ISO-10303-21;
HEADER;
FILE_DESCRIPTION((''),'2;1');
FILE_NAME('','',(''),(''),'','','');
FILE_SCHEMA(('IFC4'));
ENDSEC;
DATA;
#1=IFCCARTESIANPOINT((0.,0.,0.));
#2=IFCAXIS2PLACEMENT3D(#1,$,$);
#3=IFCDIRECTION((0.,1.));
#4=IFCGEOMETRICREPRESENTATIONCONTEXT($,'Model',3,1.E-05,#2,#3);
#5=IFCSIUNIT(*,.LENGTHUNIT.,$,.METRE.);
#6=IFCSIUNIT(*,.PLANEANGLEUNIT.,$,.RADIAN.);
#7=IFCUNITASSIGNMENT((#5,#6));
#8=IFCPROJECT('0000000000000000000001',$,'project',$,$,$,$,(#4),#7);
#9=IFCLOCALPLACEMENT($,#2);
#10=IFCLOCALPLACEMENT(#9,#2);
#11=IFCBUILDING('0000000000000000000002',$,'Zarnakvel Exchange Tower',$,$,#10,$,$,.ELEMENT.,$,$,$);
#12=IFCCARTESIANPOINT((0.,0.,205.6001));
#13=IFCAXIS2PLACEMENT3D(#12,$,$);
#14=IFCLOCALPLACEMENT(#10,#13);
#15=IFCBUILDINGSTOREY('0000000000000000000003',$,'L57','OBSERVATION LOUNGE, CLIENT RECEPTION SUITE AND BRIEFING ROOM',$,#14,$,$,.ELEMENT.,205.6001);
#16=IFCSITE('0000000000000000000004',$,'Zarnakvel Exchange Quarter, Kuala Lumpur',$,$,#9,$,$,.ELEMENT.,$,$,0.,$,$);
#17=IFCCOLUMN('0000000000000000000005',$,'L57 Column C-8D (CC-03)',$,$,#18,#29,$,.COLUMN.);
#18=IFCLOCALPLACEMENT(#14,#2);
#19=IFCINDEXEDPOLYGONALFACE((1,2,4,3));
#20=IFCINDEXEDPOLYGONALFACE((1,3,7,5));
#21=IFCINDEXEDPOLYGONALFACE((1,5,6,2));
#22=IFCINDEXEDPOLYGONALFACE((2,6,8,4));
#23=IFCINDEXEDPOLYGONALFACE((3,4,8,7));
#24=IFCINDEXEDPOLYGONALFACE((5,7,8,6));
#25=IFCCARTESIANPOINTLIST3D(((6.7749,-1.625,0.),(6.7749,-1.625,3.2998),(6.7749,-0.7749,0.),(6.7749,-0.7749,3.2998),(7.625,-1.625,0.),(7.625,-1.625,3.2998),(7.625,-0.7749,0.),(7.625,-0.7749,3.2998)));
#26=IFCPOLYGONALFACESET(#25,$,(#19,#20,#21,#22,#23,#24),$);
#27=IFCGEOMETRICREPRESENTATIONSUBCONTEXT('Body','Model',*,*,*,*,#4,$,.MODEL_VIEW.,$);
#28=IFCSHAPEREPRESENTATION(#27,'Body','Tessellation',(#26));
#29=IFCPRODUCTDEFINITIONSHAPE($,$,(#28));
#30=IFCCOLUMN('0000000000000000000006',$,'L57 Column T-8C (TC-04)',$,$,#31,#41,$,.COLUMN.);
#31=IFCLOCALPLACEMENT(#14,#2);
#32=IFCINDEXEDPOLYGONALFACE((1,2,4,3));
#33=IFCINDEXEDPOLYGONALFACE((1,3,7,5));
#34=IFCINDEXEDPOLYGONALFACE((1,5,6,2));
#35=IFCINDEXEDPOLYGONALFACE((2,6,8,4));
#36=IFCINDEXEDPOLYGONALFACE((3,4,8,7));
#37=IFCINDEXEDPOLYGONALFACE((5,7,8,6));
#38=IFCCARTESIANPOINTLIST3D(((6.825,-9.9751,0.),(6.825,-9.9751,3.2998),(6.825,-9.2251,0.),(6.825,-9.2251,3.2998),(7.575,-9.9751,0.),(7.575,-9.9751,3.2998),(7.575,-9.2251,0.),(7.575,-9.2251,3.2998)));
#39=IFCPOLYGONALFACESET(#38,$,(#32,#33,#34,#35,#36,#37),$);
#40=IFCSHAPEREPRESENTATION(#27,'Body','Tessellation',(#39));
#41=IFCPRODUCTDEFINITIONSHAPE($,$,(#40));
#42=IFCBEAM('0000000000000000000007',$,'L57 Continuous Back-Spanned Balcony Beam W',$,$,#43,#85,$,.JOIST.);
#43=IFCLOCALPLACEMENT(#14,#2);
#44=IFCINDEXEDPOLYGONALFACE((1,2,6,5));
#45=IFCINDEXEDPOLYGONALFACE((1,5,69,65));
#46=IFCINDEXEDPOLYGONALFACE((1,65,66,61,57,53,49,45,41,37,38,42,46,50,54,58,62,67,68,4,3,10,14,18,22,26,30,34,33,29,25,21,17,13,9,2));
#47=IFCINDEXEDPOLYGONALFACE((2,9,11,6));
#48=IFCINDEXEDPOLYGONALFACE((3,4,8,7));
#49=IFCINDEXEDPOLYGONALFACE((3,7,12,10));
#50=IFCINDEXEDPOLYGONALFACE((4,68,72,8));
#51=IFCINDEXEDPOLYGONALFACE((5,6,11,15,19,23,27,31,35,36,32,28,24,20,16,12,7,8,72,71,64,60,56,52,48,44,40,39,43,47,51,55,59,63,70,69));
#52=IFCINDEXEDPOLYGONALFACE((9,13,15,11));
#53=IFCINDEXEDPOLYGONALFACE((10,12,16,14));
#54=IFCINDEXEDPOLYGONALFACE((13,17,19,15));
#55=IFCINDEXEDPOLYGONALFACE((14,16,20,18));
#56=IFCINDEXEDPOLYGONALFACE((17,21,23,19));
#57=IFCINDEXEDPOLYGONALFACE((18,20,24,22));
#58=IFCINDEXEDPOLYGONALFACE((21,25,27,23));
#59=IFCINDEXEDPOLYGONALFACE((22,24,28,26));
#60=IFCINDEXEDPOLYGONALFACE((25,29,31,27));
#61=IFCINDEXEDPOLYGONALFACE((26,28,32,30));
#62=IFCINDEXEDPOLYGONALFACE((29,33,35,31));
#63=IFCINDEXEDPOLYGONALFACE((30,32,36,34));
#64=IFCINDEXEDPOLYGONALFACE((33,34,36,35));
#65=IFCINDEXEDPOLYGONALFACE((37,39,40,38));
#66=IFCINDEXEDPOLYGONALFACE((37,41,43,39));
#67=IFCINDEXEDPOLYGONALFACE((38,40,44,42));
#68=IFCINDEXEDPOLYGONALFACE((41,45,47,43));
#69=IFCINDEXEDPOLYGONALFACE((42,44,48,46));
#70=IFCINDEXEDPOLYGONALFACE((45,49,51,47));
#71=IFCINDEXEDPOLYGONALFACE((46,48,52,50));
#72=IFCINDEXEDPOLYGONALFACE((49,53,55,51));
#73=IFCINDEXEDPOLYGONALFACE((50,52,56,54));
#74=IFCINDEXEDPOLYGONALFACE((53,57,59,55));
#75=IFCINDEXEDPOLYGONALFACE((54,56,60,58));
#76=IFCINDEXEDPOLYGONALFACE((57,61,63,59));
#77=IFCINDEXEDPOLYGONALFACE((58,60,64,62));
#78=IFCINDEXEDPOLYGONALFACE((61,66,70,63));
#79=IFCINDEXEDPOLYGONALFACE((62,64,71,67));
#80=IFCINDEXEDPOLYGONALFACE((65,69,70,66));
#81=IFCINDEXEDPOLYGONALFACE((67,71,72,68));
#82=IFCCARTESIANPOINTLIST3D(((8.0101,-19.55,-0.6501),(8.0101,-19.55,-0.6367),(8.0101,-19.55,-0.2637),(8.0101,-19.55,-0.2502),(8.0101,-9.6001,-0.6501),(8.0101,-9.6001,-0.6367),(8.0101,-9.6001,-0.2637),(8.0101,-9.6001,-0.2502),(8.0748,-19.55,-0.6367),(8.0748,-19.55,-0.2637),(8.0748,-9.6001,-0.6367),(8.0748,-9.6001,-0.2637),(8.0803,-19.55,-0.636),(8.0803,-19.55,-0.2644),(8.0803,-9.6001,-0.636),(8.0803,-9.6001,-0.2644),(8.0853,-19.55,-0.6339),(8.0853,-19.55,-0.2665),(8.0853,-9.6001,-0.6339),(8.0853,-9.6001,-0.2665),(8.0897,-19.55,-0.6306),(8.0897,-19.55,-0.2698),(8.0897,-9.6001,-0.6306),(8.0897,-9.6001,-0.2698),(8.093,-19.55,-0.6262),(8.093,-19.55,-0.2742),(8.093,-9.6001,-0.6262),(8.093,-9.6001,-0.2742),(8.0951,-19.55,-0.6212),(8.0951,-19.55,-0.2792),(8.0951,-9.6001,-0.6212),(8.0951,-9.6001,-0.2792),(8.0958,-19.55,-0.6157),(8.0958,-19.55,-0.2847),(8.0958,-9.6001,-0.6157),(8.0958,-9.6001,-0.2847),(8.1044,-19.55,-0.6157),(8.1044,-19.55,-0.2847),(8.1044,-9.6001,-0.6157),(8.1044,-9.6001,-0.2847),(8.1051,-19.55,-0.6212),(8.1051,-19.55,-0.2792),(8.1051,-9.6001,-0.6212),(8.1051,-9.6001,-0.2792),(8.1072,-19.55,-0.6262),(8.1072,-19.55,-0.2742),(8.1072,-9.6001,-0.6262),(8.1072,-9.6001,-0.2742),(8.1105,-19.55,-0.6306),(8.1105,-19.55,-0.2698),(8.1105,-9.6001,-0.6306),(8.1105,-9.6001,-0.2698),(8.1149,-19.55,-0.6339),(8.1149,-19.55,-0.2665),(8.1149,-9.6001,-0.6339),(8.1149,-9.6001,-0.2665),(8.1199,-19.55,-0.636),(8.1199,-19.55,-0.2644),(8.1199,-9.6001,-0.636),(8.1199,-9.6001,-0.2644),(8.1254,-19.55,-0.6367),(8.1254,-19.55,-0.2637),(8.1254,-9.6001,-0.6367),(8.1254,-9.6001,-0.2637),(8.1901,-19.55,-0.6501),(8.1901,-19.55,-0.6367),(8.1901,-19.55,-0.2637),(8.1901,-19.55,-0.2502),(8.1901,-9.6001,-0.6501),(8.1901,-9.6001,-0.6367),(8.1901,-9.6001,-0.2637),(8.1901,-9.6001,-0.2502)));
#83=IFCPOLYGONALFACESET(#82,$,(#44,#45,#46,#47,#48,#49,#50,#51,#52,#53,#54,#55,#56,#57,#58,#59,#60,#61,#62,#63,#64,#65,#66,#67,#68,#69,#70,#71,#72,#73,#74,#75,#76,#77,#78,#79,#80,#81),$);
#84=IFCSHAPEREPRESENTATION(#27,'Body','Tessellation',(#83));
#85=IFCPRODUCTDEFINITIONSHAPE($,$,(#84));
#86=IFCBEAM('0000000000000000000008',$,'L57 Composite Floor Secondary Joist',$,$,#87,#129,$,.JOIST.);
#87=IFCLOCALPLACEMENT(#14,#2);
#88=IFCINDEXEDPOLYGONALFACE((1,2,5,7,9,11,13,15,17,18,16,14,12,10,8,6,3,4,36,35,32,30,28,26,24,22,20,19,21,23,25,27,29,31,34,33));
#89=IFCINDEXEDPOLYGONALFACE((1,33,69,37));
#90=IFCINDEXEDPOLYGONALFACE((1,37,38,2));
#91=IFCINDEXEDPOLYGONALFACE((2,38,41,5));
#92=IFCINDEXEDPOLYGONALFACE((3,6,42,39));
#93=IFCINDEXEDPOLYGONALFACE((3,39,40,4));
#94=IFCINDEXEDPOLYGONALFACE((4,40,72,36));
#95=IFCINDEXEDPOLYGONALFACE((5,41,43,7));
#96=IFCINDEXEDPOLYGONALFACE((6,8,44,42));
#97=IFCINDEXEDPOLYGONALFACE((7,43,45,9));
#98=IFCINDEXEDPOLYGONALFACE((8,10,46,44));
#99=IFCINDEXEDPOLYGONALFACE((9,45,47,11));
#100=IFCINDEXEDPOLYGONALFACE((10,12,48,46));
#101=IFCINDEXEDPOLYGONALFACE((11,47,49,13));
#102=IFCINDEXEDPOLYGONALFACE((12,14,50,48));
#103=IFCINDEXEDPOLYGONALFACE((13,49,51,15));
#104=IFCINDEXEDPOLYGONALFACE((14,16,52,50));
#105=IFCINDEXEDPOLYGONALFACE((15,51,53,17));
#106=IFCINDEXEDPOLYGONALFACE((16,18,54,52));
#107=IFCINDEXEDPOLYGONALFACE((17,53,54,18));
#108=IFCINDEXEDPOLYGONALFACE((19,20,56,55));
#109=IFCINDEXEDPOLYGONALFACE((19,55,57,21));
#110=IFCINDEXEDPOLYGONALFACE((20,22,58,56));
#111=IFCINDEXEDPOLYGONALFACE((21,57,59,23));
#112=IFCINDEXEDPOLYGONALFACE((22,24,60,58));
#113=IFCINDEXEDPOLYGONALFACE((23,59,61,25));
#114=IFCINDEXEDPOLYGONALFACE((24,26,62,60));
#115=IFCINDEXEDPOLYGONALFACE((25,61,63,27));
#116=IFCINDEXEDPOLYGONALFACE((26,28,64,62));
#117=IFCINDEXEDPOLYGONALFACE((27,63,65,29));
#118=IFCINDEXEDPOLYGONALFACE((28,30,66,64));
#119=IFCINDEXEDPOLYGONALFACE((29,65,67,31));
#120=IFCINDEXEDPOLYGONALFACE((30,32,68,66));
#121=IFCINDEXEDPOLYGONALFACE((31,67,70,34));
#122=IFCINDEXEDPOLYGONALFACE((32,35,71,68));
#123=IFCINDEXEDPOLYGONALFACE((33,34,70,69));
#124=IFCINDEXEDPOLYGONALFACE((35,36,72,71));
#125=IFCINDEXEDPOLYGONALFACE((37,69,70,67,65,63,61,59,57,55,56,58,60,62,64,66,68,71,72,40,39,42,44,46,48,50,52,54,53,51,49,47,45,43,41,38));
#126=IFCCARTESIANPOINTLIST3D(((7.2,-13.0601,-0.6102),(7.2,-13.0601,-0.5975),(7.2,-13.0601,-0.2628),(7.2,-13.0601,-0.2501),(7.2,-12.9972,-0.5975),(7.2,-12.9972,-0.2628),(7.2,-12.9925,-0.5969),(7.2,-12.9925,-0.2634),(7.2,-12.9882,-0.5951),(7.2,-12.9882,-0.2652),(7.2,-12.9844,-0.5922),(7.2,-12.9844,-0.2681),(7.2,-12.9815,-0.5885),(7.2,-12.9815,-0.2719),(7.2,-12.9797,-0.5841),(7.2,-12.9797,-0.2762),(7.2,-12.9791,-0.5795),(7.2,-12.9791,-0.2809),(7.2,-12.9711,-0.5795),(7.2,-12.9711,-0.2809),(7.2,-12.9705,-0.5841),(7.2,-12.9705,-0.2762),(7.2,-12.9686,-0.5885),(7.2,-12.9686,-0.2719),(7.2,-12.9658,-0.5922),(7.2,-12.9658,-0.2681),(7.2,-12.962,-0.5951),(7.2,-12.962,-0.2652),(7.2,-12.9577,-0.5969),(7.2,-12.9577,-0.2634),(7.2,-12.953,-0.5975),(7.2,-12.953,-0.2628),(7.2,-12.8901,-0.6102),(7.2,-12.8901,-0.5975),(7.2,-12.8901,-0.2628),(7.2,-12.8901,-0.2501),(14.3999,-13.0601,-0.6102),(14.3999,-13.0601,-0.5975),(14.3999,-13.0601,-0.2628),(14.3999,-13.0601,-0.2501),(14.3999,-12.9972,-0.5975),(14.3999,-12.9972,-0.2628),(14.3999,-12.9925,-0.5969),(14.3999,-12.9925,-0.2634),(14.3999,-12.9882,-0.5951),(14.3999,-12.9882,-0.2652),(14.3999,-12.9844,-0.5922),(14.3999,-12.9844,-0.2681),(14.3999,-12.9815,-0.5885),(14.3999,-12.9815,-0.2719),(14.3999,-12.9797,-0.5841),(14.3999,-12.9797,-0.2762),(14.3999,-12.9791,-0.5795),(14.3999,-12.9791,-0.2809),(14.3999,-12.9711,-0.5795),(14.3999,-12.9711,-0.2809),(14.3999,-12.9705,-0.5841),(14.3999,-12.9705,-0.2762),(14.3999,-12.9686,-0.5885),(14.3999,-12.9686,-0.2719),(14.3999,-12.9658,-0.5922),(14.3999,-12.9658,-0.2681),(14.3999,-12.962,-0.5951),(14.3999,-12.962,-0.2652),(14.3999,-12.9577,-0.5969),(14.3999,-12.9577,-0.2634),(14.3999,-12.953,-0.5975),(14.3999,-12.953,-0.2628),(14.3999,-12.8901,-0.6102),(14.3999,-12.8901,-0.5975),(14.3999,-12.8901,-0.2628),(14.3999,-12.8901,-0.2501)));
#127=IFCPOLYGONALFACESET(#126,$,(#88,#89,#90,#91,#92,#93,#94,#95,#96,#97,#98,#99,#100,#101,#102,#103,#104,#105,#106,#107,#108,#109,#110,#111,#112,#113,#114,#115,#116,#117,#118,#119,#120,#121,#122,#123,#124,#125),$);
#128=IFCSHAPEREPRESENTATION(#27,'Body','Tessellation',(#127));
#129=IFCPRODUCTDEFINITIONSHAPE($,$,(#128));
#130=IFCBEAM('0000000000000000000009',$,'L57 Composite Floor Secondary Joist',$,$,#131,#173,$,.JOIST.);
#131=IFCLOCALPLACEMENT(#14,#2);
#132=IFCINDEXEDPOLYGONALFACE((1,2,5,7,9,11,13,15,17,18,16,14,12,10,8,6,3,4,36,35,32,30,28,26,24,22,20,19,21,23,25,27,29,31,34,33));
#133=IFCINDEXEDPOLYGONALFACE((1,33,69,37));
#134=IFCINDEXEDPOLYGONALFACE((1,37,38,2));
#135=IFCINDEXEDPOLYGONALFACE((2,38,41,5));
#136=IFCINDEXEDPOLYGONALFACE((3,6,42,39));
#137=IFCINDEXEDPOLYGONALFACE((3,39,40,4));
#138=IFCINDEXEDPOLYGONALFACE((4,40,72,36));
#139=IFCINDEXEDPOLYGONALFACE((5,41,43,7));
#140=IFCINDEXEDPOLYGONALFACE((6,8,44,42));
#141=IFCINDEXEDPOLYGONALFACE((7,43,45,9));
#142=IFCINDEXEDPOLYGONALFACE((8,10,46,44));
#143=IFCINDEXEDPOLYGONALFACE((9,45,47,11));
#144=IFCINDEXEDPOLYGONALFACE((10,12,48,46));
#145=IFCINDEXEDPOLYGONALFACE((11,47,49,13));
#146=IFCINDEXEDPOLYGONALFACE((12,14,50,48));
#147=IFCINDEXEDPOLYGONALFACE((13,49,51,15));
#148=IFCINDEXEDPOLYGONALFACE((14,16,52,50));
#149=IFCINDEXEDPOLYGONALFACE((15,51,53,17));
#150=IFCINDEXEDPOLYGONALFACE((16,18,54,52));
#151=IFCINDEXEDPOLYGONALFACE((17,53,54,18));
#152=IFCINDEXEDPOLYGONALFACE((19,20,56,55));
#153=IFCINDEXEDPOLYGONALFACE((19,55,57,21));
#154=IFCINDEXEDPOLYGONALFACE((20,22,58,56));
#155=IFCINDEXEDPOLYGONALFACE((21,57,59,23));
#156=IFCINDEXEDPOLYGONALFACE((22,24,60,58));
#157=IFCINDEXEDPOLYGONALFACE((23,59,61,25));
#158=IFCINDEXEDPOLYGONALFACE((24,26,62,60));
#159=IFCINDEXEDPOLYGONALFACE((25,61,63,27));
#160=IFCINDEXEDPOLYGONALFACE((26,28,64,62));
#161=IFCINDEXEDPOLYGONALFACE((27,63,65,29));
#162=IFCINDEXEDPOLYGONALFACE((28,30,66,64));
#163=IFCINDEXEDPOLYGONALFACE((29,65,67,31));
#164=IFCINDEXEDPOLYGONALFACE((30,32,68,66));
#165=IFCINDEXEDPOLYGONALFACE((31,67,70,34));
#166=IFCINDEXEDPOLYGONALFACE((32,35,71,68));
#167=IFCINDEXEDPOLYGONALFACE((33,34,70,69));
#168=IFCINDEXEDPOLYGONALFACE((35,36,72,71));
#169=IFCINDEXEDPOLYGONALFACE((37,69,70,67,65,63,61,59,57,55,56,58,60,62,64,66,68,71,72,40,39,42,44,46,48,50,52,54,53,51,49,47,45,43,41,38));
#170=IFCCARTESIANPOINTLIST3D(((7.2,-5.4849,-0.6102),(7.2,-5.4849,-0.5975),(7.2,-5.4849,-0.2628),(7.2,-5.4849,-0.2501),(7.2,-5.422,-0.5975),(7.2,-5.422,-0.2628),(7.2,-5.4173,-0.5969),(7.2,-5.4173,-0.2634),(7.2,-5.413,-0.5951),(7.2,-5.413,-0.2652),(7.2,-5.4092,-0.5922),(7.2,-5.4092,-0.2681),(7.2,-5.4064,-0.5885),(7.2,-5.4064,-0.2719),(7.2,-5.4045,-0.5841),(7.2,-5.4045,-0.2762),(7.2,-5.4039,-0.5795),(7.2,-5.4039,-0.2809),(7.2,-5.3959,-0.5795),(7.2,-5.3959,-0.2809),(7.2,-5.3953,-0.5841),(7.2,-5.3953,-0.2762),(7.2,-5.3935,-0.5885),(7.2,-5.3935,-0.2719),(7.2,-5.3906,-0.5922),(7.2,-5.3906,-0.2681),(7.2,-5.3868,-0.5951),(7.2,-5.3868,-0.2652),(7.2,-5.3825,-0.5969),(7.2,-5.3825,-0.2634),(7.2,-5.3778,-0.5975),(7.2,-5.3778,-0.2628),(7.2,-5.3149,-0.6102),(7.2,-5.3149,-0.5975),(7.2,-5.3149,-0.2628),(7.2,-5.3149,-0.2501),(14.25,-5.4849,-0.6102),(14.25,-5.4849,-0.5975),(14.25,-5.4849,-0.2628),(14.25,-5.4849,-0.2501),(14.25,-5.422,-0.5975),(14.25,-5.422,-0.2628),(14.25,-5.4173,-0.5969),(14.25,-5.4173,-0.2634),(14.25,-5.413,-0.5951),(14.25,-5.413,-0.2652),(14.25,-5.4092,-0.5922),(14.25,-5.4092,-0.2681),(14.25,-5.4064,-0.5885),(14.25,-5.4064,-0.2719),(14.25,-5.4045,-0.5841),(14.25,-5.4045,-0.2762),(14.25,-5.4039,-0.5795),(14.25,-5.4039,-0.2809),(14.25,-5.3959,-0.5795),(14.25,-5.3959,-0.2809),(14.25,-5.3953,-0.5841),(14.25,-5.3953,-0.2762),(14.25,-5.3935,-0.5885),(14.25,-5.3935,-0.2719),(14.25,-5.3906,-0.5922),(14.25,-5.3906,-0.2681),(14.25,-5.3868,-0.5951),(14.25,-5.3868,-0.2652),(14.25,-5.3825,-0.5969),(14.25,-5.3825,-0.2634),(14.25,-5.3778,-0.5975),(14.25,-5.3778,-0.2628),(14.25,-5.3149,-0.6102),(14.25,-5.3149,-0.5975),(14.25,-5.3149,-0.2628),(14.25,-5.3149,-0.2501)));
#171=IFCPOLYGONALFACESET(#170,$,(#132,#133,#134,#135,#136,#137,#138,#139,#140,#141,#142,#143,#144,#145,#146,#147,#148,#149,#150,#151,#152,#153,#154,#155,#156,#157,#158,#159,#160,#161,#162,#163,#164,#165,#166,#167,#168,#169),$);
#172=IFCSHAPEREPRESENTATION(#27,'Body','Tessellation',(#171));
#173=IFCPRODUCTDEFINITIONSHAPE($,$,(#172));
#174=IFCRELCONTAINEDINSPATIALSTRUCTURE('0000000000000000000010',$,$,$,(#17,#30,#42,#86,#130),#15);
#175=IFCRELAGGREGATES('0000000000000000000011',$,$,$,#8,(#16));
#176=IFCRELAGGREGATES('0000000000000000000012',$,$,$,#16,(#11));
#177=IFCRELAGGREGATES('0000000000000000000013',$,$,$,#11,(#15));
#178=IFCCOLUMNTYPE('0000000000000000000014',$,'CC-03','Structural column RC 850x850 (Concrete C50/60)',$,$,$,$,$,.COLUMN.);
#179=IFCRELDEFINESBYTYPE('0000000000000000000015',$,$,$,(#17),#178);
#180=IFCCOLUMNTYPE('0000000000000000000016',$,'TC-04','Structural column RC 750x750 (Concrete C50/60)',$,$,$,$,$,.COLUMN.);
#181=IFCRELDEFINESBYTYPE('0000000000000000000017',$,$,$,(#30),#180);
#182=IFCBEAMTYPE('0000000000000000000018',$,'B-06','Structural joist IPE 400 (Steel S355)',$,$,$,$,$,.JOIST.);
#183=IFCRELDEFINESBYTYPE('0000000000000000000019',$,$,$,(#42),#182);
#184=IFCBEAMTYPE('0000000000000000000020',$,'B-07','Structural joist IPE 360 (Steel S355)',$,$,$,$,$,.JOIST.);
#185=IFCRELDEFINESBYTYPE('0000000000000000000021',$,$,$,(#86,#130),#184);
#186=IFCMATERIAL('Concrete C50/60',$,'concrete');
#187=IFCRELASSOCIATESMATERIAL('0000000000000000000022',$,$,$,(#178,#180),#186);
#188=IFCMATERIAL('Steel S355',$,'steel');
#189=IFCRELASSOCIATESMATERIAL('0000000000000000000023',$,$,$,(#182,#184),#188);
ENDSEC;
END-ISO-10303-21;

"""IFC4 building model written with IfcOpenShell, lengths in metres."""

from ifc_helpers import new_model, si_unit, direction, frame, origin, origin_2d, place, context, subcontext, project, spatial, rectangle, i_section, extrude, material, material_profile, profile_set, type_object, element, save


model = new_model("IFC4")

# Units and contexts
model_context = context("Model", 3, precision=1e-05, world=origin(), true_north=direction((0.0, 1.0)))
body_context = subcontext(model_context, "Body", "Model", "MODEL_VIEW")
ifc_project = project(units=[si_unit("LENGTHUNIT", "METRE"), si_unit("PLANEANGLEUNIT", "RADIAN")], contexts=[model_context])

# Site, building, storey
site_placement = place(None, origin())
site = spatial("IfcSite", under=ifc_project, at=site_placement, Name="Zarnakvel Exchange Quarter, Kuala Lumpur", CompositionType="ELEMENT", RefElevation=0.0)
building_placement = place(site_placement, origin())
building = spatial("IfcBuilding", under=site, at=building_placement, Name="Zarnakvel Exchange Tower", CompositionType="ELEMENT")
storey_placement = place(building_placement, frame((0.0, 0.0, 205.6001)))
storey = spatial("IfcBuildingStorey", under=building, at=storey_placement, Name="L57", Description="OBSERVATION LOUNGE, CLIENT RECEPTION SUITE AND BRIEFING ROOM", CompositionType="ELEMENT", Elevation=205.6001)

# Columns
ifc_material_1 = material(Name="Concrete C50/60", Category="concrete")
ifc_material_profile_1 = material_profile(ifc_material_1, rectangle(XDim=0.8501, YDim=0.8501, at=origin_2d()))
ifc_profile_set_1 = profile_set([ifc_material_profile_1], Name="Concrete C50/60")
column_type_1 = type_object("IfcColumnType", Name="CC-03", Description="Structural column RC 850x850 (Concrete C50/60)", PredefinedType="COLUMN", material=ifc_profile_set_1)
column_1_placement = place(storey_placement, frame((7.2, -1.2, 0.0), z_axis=(0.0, 0.0, 1.0), x_axis=(1.0, 0.0, 0.0)))
element("IfcColumn", 1, at=column_1_placement, inside=storey, type_object=column_type_1, Name="L57 Column C-8D (CC-03)", PredefinedType="COLUMN", context=body_context, shape_type="SweptSolid", body=[
    extrude(rectangle(XDim=0.8501, YDim=0.8501, at=origin_2d()), origin(), (0.0, 0.0, 1.0), 3.2998),
])
ifc_material_profile_2 = material_profile(ifc_material_1, rectangle(XDim=0.75, YDim=0.75, at=origin_2d()))
ifc_profile_set_2 = profile_set([ifc_material_profile_2], Name="Concrete C50/60")
column_type_2 = type_object("IfcColumnType", Name="TC-04", Description="Structural column RC 750x750 (Concrete C50/60)", PredefinedType="COLUMN", material=ifc_profile_set_2)
column_2_placement = place(storey_placement, frame((7.2, -9.6001, 0.0), z_axis=(0.0, 0.0, 1.0), x_axis=(1.0, 0.0, 0.0)))
element("IfcColumn", 2, at=column_2_placement, inside=storey, type_object=column_type_2, Name="L57 Column T-8C (TC-04)", PredefinedType="COLUMN", context=body_context, shape_type="SweptSolid", body=[
    extrude(rectangle(XDim=0.75, YDim=0.75, at=origin_2d()), origin(), (0.0, 0.0, 1.0), 3.2998),
])

# Beams
ifc_material_2 = material(Name="Steel S355", Category="steel")
ifc_material_profile_3 = material_profile(ifc_material_2, i_section(OverallWidth=0.1799, OverallDepth=0.3999, WebThickness=0.0085, FlangeThickness=0.0134, FilletRadius=0.021, at=origin_2d()))
ifc_profile_set_3 = profile_set([ifc_material_profile_3], Name="Steel S355")
beam_type_1 = type_object("IfcBeamType", Name="B-06", Description="Structural joist IPE 400 (Steel S355)", PredefinedType="JOIST", material=ifc_profile_set_3)
beam_1_placement = place(storey_placement, frame((8.1001, -9.6001, -0.4502), z_axis=(0.0, -1.0, 0.0), x_axis=(1.0, 0.0, 0.0)))
element("IfcBeam", 3, at=beam_1_placement, inside=storey, type_object=beam_type_1, Name="L57 Continuous Back-Spanned Balcony Beam W", PredefinedType="JOIST", context=body_context, shape_type="SweptSolid", body=[
    extrude(i_section(OverallWidth=0.1799, OverallDepth=0.3999, WebThickness=0.0085, FlangeThickness=0.0134, FilletRadius=0.021, at=origin_2d()), origin(), (0.0, 0.0, 1.0), 9.95),
])
ifc_material_profile_4 = material_profile(ifc_material_2, i_section(OverallWidth=0.1699, OverallDepth=0.3601, WebThickness=0.0081, FlangeThickness=0.0127, FilletRadius=0.0181, at=origin_2d()))
ifc_profile_set_4 = profile_set([ifc_material_profile_4], Name="Steel S355")
beam_type_2 = type_object("IfcBeamType", Name="B-07", Description="Structural joist IPE 360 (Steel S355)", PredefinedType="JOIST", material=ifc_profile_set_4)
beam_2_placement = place(storey_placement, frame((7.2, -12.9751, -0.4302), z_axis=(1.0, 0.0, 0.0), x_axis=(0.0, 1.0, 0.0)))
element("IfcBeam", 4, at=beam_2_placement, inside=storey, type_object=beam_type_2, Name="L57 Composite Floor Secondary Joist", PredefinedType="JOIST", context=body_context, shape_type="SweptSolid", body=[
    extrude(i_section(OverallWidth=0.1699, OverallDepth=0.3601, WebThickness=0.0081, FlangeThickness=0.0127, FilletRadius=0.0181, at=origin_2d()), origin(), (0.0, 0.0, 1.0), 7.2),
])
beam_3_placement = place(storey_placement, frame((7.2, -5.3999, -0.4302), z_axis=(1.0, 0.0, 0.0), x_axis=(0.0, 1.0, 0.0)))
element("IfcBeam", 5, at=beam_3_placement, inside=storey, type_object=beam_type_2, Name="L57 Composite Floor Secondary Joist", PredefinedType="JOIST", context=body_context, shape_type="SweptSolid", body=[
    extrude(i_section(OverallWidth=0.1699, OverallDepth=0.3601, WebThickness=0.0081, FlangeThickness=0.0127, FilletRadius=0.0181, at=origin_2d()), origin(), (0.0, 0.0, 1.0), 7.05),
])

save(model, "model.ifc")
